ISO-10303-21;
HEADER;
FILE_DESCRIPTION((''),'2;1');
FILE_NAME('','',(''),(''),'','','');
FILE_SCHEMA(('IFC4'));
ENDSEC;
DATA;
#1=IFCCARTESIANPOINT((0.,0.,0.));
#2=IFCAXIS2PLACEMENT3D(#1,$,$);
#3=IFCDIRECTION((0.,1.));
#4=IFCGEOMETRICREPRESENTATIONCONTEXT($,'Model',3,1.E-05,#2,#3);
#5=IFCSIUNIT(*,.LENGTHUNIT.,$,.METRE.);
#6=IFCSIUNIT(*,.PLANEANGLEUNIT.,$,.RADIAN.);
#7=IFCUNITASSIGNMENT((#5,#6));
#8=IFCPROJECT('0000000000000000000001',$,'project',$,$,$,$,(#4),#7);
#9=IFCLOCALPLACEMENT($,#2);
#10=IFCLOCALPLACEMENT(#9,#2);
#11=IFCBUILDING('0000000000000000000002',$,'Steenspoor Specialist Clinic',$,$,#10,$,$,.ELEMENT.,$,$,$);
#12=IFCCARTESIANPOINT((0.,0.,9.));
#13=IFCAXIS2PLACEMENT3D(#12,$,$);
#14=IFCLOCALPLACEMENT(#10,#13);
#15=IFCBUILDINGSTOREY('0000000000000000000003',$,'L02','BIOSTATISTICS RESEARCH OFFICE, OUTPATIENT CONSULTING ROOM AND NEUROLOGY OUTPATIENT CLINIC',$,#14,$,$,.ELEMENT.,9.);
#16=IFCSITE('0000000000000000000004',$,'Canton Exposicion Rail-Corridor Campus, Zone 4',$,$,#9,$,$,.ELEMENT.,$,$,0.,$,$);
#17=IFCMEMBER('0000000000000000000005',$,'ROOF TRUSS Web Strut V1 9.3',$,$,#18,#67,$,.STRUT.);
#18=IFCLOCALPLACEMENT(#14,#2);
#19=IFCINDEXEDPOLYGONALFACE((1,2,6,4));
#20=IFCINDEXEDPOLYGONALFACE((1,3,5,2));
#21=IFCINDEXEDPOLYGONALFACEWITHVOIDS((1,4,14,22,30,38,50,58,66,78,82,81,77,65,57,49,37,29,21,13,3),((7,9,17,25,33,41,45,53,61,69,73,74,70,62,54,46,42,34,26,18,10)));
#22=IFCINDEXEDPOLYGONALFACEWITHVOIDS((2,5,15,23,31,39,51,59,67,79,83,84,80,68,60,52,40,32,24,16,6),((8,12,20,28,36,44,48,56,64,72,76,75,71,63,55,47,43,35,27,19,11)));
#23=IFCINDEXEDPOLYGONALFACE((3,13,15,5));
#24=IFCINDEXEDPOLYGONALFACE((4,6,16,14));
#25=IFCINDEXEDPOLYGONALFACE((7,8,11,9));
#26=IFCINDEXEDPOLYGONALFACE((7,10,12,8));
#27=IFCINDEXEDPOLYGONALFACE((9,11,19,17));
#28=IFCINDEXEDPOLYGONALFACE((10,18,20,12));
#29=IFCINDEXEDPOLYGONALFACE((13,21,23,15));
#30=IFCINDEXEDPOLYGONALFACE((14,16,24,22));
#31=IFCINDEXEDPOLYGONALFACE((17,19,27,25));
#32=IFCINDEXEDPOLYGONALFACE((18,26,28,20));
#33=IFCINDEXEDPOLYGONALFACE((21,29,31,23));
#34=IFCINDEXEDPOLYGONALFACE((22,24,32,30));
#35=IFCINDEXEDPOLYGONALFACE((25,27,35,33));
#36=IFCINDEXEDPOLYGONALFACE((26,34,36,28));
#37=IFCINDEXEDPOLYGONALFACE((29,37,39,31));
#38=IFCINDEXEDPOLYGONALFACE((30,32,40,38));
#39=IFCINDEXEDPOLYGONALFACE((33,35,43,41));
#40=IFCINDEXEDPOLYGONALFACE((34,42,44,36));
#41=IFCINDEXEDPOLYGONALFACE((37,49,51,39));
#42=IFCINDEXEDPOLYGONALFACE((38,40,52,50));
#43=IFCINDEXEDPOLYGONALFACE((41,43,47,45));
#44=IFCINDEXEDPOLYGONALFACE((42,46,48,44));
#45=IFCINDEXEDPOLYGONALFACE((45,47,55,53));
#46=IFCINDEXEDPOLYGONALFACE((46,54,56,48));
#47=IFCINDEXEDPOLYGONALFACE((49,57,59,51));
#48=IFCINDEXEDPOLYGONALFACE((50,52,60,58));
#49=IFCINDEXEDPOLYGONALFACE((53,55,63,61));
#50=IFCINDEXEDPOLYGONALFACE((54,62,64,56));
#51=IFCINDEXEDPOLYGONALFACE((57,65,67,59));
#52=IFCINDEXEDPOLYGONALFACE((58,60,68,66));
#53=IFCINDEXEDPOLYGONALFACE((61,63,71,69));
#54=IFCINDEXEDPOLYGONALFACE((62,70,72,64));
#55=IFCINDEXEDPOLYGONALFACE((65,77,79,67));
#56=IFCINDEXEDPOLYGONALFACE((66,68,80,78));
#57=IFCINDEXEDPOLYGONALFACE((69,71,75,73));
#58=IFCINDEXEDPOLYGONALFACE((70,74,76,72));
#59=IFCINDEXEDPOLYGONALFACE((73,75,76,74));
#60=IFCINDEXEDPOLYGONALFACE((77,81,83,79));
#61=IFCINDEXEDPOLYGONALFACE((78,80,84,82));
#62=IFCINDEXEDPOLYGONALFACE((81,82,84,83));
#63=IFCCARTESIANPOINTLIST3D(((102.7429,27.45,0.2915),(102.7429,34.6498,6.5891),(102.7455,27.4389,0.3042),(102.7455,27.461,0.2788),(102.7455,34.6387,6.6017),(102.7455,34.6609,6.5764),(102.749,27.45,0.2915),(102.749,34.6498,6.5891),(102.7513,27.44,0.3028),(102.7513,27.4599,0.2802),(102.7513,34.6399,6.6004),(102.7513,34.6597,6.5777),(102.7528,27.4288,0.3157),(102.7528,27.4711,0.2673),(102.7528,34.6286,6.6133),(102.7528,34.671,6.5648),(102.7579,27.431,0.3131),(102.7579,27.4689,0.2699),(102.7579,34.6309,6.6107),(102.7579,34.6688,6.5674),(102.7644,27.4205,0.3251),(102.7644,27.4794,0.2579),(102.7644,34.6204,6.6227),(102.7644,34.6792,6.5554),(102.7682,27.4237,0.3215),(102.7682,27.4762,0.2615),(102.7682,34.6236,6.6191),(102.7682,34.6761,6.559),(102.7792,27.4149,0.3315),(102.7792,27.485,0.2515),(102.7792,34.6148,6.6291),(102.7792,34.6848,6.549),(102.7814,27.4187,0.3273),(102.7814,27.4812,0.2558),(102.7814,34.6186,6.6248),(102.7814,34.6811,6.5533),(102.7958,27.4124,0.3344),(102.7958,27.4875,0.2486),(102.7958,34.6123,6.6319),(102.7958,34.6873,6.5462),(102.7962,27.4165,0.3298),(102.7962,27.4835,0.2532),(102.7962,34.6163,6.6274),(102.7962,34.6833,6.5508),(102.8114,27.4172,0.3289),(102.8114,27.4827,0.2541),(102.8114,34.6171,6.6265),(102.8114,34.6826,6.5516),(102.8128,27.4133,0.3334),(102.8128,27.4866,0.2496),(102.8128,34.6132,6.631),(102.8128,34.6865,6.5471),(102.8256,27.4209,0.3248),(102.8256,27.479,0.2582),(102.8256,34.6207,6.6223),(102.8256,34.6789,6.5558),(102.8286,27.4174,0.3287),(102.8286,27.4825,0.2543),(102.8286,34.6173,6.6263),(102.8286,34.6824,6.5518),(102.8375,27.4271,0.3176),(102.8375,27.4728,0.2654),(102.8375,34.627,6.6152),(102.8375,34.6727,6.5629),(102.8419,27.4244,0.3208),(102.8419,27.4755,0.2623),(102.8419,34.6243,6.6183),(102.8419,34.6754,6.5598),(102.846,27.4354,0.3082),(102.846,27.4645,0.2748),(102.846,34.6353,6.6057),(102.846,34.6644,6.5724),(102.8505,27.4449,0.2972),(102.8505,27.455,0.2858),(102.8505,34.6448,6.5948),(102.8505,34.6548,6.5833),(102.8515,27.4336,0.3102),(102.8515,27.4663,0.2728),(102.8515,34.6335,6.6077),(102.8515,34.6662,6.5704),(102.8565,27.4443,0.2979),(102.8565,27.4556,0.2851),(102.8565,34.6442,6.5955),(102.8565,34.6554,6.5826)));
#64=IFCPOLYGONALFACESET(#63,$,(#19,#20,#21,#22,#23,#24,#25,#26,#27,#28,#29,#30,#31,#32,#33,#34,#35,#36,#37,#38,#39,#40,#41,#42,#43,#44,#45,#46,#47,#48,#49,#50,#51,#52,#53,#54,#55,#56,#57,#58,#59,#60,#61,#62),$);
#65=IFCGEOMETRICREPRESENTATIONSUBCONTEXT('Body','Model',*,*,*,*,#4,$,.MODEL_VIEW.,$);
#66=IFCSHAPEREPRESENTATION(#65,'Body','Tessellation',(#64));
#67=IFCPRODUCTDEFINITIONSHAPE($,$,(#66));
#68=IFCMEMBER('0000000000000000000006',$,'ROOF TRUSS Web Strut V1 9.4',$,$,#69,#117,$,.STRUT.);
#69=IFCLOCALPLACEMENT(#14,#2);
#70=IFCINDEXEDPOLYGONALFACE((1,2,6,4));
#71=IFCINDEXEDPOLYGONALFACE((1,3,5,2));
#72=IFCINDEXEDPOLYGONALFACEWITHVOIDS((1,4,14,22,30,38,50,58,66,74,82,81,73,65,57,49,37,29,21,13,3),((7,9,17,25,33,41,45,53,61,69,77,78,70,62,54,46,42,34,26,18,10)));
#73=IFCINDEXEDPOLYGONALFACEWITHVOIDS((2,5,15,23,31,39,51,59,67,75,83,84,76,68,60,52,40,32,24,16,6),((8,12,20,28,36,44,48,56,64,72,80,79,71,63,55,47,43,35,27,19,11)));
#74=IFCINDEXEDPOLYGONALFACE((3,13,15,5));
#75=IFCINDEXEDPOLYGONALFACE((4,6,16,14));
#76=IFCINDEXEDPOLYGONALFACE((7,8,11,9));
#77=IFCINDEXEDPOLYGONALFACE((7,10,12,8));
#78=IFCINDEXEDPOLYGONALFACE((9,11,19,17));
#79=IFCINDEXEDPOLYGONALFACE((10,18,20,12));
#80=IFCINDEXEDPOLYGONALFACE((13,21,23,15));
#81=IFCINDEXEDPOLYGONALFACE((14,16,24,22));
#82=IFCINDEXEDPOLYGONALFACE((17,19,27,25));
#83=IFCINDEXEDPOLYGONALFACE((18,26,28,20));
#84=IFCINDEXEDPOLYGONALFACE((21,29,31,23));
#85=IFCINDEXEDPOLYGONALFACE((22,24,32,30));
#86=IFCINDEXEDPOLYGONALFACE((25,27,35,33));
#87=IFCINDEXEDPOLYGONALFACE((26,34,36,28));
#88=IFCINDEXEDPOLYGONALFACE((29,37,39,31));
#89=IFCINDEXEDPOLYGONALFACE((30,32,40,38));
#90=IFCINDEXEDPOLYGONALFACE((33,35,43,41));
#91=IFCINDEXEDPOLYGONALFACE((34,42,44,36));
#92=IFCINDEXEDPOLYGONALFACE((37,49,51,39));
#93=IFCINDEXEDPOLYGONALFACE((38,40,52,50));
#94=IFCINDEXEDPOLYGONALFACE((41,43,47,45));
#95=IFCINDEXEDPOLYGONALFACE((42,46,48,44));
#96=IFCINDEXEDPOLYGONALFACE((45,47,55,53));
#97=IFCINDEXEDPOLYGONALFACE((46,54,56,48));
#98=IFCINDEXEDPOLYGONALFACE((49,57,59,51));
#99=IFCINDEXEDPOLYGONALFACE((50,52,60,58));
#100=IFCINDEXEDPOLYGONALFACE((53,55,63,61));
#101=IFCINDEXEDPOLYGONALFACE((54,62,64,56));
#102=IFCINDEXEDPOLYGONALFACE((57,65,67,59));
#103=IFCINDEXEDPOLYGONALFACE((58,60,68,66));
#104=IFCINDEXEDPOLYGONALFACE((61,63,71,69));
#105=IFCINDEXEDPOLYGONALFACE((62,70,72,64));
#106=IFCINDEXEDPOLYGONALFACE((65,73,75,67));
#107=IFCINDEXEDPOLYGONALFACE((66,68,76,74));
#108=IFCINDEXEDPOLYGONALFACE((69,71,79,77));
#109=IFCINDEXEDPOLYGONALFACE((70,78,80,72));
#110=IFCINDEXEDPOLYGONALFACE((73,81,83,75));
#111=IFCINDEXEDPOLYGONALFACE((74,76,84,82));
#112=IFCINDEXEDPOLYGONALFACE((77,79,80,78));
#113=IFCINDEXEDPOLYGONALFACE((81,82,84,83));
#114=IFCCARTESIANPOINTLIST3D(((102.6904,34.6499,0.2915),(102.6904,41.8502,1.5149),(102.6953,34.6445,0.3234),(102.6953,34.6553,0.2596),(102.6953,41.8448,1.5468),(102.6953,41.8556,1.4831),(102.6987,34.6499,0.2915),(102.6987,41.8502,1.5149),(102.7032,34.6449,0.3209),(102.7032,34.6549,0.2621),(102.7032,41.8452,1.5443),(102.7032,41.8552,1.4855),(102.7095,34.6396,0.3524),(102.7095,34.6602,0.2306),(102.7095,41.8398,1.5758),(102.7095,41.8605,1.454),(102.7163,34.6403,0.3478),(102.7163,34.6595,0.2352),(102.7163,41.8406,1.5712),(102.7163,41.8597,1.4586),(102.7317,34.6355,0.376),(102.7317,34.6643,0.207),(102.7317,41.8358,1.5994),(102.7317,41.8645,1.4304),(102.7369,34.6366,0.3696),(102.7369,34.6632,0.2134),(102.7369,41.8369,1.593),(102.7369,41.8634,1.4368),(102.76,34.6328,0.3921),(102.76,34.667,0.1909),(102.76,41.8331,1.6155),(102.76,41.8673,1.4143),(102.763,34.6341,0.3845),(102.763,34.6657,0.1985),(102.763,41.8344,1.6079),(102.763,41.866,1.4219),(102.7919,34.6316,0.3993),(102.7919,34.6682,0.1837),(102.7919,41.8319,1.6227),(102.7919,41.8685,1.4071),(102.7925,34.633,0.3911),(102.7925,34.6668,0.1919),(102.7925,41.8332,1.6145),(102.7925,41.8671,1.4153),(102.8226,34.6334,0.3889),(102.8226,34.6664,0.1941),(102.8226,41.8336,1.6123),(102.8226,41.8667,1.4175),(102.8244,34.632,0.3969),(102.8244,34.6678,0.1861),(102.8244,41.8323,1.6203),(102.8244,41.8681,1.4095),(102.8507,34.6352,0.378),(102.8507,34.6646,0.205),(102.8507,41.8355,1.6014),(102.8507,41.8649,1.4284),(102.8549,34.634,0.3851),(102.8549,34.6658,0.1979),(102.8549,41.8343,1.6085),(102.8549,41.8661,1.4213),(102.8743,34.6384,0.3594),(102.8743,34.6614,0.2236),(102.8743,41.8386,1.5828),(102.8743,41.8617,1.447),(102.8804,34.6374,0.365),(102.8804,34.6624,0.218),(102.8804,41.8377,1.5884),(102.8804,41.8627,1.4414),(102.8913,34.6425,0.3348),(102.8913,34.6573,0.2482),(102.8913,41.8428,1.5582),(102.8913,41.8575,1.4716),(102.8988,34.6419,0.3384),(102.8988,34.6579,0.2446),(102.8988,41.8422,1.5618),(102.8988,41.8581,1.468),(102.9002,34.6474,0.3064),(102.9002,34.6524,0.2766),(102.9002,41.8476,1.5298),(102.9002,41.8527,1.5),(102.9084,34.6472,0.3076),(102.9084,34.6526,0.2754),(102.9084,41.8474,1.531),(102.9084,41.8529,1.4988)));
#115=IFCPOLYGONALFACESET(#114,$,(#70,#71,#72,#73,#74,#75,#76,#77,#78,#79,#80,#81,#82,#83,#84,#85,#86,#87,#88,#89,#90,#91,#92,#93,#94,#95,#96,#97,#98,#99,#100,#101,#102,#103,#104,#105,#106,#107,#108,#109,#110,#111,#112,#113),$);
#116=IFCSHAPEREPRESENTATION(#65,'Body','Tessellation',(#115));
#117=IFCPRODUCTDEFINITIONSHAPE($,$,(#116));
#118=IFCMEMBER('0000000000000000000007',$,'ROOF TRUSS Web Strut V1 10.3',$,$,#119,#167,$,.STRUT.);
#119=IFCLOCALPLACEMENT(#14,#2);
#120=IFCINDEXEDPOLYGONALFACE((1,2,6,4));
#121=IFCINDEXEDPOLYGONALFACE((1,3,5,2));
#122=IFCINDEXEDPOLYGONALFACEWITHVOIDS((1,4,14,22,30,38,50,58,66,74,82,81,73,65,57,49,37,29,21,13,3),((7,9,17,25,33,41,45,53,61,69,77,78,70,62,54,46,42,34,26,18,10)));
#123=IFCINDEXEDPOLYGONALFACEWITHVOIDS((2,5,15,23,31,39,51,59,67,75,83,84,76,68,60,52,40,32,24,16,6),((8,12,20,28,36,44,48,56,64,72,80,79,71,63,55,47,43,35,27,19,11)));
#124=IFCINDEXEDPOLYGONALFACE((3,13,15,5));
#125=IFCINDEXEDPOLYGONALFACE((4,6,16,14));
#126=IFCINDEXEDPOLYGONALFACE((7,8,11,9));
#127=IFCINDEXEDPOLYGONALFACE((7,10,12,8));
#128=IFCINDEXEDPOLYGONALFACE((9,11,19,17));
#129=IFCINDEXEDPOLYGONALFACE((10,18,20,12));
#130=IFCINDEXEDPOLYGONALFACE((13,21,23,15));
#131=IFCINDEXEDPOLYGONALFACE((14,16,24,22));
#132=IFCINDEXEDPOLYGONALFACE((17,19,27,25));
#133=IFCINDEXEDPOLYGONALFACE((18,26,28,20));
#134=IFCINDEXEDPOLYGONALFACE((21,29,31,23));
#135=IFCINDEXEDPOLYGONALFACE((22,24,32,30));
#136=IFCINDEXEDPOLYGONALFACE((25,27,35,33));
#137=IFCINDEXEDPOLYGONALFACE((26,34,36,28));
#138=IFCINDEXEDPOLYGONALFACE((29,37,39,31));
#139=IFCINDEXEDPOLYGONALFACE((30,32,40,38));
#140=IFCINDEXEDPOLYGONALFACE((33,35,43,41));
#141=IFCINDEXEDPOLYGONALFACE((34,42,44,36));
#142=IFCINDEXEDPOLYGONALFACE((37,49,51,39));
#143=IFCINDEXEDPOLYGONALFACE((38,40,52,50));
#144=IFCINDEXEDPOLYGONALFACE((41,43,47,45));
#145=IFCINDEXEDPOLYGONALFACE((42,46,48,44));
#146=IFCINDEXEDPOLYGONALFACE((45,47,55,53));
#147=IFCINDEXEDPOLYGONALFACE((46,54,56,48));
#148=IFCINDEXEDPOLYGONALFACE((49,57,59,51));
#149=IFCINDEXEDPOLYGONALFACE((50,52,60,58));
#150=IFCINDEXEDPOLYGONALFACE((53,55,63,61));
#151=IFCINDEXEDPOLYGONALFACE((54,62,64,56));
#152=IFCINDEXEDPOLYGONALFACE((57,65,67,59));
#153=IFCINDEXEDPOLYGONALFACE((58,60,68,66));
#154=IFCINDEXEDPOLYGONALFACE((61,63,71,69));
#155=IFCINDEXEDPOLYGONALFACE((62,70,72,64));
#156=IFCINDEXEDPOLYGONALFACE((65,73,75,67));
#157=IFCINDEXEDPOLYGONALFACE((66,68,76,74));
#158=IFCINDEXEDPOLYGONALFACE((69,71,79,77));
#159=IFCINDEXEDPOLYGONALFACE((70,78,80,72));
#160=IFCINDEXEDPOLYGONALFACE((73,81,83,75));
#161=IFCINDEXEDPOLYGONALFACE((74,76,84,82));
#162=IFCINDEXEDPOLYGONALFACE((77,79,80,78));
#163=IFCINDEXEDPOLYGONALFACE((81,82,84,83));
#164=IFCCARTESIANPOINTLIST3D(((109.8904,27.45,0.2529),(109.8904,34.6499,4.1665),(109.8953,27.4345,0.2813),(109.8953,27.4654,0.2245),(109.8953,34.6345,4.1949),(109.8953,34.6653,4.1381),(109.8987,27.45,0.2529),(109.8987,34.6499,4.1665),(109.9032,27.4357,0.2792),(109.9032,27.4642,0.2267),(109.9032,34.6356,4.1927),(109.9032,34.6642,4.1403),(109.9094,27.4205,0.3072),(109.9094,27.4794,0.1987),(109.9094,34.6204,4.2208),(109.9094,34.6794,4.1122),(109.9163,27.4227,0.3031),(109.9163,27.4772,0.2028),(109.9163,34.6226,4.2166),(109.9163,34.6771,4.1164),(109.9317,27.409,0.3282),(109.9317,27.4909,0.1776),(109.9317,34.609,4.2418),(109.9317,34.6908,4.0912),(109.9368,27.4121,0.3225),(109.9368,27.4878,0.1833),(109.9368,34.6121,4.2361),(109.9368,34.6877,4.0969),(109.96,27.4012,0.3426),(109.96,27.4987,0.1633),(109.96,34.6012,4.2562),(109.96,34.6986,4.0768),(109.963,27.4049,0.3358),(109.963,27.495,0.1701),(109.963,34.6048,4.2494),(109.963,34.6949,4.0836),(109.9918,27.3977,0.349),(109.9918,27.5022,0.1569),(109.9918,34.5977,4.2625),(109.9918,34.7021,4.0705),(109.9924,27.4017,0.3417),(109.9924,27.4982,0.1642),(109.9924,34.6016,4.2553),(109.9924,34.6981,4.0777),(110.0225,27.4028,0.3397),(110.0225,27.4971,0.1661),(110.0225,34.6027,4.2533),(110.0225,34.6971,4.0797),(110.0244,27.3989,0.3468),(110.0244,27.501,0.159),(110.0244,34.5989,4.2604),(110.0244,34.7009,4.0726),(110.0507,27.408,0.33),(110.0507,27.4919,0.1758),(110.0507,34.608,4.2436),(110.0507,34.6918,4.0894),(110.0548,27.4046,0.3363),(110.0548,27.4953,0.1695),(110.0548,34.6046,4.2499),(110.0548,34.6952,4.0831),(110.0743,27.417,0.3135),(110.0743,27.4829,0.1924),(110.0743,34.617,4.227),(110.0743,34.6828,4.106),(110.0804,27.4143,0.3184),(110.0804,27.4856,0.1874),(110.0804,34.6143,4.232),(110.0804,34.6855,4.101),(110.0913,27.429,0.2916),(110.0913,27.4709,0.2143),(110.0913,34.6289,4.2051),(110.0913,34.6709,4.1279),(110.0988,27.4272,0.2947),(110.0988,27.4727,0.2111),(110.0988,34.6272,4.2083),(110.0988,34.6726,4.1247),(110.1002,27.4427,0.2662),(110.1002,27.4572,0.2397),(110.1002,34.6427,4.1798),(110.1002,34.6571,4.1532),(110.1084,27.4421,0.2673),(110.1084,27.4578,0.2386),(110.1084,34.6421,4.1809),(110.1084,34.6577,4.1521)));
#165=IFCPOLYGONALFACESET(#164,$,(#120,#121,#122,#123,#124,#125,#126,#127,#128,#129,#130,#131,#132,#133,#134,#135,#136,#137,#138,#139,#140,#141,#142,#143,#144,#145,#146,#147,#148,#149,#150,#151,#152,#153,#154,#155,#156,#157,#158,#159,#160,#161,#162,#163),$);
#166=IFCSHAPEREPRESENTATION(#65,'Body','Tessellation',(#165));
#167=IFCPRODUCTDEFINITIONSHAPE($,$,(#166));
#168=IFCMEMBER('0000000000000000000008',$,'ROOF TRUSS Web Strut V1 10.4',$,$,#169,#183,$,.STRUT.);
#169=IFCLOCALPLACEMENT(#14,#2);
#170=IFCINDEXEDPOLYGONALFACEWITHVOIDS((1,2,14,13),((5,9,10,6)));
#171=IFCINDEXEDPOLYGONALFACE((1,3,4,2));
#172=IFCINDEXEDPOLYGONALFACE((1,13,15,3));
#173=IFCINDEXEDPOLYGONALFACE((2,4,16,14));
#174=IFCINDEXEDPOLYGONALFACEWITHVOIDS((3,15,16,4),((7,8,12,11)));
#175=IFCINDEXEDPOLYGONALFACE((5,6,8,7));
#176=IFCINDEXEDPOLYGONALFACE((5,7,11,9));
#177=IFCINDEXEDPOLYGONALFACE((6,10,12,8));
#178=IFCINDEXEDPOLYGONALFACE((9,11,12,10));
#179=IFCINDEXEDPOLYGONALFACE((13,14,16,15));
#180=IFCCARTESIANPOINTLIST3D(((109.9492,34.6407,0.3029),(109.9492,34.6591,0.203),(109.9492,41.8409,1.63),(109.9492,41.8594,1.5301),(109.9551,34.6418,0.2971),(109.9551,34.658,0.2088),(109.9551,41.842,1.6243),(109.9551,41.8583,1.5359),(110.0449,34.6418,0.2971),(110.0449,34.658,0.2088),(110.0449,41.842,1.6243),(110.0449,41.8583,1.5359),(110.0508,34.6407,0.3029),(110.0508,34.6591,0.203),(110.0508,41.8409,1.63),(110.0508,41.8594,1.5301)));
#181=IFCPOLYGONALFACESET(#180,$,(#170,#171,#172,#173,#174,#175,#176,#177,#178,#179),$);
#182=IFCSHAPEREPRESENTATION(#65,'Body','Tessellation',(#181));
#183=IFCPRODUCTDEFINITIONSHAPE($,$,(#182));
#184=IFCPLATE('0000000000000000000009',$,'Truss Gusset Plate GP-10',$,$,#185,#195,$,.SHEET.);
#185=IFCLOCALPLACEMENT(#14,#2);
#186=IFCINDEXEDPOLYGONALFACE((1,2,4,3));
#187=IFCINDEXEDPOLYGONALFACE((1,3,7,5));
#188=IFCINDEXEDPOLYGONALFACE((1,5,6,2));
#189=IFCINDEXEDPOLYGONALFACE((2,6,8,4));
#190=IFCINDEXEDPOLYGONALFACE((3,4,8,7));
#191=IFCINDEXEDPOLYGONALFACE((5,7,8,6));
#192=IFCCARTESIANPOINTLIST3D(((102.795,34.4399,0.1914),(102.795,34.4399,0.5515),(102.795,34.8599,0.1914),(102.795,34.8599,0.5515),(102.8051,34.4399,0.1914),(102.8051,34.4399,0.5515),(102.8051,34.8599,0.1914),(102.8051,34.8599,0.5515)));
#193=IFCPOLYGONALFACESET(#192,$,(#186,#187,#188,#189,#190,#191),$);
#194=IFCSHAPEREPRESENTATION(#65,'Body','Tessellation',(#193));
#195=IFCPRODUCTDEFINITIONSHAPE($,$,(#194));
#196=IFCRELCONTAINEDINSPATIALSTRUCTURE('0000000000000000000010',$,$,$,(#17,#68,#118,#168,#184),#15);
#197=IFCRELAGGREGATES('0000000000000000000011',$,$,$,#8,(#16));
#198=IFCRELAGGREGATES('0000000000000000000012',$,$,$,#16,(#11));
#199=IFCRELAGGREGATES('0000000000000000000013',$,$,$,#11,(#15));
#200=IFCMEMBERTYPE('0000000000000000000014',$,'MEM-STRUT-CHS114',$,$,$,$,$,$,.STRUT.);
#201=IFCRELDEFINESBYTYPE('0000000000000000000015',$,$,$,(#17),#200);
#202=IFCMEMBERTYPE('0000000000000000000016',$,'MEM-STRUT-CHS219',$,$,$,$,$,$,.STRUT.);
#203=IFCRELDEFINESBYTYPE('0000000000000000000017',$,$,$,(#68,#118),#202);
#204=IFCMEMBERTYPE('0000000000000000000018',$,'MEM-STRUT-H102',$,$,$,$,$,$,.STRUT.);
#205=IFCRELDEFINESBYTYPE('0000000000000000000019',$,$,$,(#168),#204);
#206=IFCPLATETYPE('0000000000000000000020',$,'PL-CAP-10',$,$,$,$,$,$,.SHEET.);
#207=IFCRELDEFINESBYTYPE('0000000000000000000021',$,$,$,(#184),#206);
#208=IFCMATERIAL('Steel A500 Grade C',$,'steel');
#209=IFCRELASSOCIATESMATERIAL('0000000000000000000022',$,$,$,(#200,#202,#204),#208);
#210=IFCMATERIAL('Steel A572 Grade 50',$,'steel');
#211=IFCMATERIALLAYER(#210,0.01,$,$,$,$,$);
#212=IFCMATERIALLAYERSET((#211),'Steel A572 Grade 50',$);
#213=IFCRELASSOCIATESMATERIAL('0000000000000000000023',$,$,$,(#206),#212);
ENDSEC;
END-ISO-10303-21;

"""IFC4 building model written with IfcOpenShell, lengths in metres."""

from ifc_helpers import new_model, si_unit, direction, frame, origin, origin_2d, place, context, subcontext, project, spatial, rectangle, hollow_rectangle, hollow_circle, extrude, material, layer, layer_set, material_profile, profile_set, type_object, element, save


model = new_model("IFC4")

# Units and contexts
model_context = context("Model", 3, precision=1e-05, world=origin(), true_north=direction((0.0, 1.0)))
body_context = subcontext(model_context, "Body", "Model", "MODEL_VIEW")
ifc_project = project(units=[si_unit("LENGTHUNIT", "METRE"), si_unit("PLANEANGLEUNIT", "RADIAN")], contexts=[model_context])

# Site, building, storey
site_placement = place(None, origin())
site = spatial("IfcSite", under=ifc_project, at=site_placement, Name="Canton Exposicion Rail-Corridor Campus, Zone 4", CompositionType="ELEMENT", RefElevation=0.0)
building_placement = place(site_placement, origin())
building = spatial("IfcBuilding", under=site, at=building_placement, Name="Steenspoor Specialist Clinic", CompositionType="ELEMENT")
storey_placement = place(building_placement, frame((0.0, 0.0, 9.0)))
storey = spatial("IfcBuildingStorey", under=building, at=storey_placement, Name="L02", Description="BIOSTATISTICS RESEARCH OFFICE, OUTPATIENT CONSULTING ROOM AND NEUROLOGY OUTPATIENT CLINIC", CompositionType="ELEMENT", Elevation=9.0)

# Members
ifc_material_1 = material(Name="Steel A500 Grade C", Category="steel")
ifc_material_profile_1 = material_profile(ifc_material_1, hollow_circle(Radius=0.0571, WallThickness=0.0061, at=origin_2d()), Name="CHS114X6.0")
ifc_profile_set_1 = profile_set([ifc_material_profile_1], Name="Steel A500 Grade C")
member_type_1 = type_object("IfcMemberType", Name="MEM-STRUT-CHS114", PredefinedType="STRUT", material=ifc_profile_set_1)
member_1_placement = place(storey_placement, frame((102.8, 27.45, 0.2915), z_axis=(0.0, 0.752698, 0.658365), x_axis=(-1.0, 0.0, 0.0)))
element("IfcMember", 1, at=member_1_placement, inside=storey, type_object=member_type_1, Name="ROOF TRUSS Web Strut V1 9.3", PredefinedType="STRUT", context=body_context, shape_type="SweptSolid", body=[
    extrude(hollow_circle(Radius=0.0571, WallThickness=0.0061, at=origin_2d()), origin(), (0.0, 0.0, 1.0), 9.5654),
])
ifc_material_profile_2 = material_profile(ifc_material_1, hollow_circle(Radius=0.1096, WallThickness=0.0083, at=origin_2d()), Name="CHS219X8.2")
ifc_profile_set_2 = profile_set([ifc_material_profile_2], Name="Steel A500 Grade C")
member_type_2 = type_object("IfcMemberType", Name="MEM-STRUT-CHS219", PredefinedType="STRUT", material=ifc_profile_set_2)
member_2_placement = place(storey_placement, frame((102.8, 34.6499, 0.2915), z_axis=(0.0, 0.98587, 0.16751), x_axis=(-1.0, 0.0, 0.0)))
element("IfcMember", 2, at=member_2_placement, inside=storey, type_object=member_type_2, Name="ROOF TRUSS Web Strut V1 9.4", PredefinedType="STRUT", context=body_context, shape_type="SweptSolid", body=[
    extrude(hollow_circle(Radius=0.1096, WallThickness=0.0083, at=origin_2d()), origin(), (0.0, 0.0, 1.0), 7.3035),
])
member_3_placement = place(storey_placement, frame((110.0, 27.45, 0.2529), z_axis=(0.0, 0.878596, 0.477566), x_axis=(-1.0, 0.0, 0.0)))
element("IfcMember", 3, at=member_3_placement, inside=storey, type_object=member_type_2, Name="ROOF TRUSS Web Strut V1 10.3", PredefinedType="STRUT", context=body_context, shape_type="SweptSolid", body=[
    extrude(hollow_circle(Radius=0.1096, WallThickness=0.0083, at=origin_2d()), origin(), (0.0, 0.0, 1.0), 8.1948),
])
ifc_material_profile_3 = material_profile(ifc_material_1, hollow_rectangle(XDim=0.1016, YDim=0.1016, WallThickness=0.0059, at=origin_2d()), Name="HSS102X102X6.4")
ifc_profile_set_3 = profile_set([ifc_material_profile_3], Name="Steel A500 Grade C")
member_type_3 = type_object("IfcMemberType", Name="MEM-STRUT-H102", PredefinedType="STRUT", material=ifc_profile_set_3)
member_4_placement = place(storey_placement, frame((110.0, 34.6499, 0.2529), z_axis=(0.0, 0.983434, 0.181268), x_axis=(-1.0, 0.0, 0.0)))
element("IfcMember", 4, at=member_4_placement, inside=storey, type_object=member_type_3, Name="ROOF TRUSS Web Strut V1 10.4", PredefinedType="STRUT", context=body_context, shape_type="SweptSolid", body=[
    extrude(hollow_rectangle(XDim=0.1016, YDim=0.1016, WallThickness=0.0059, at=origin_2d()), origin(), (0.0, 0.0, 1.0), 7.3215),
])

# Plate
ifc_material_2 = material(Name="Steel A572 Grade 50", Category="steel")
ifc_layer_1 = layer(ifc_material_2, 0.01)
ifc_layer_set_1 = layer_set([ifc_layer_1], Name="Steel A572 Grade 50")
plate_type_1 = type_object("IfcPlateType", Name="PL-CAP-10", PredefinedType="SHEET", material=ifc_layer_set_1)
plate_1_placement = place(storey_placement, frame((102.8, 34.6499, 0.1914), z_axis=(0.0, 0.0, 1.0), x_axis=(1.0, 0.0, 0.0)))
element("IfcPlate", 5, at=plate_1_placement, inside=storey, type_object=plate_type_1, Name="Truss Gusset Plate GP-10", PredefinedType="SHEET", context=body_context, shape_type="SweptSolid", body=[
    extrude(rectangle(XDim=0.01, YDim=0.4199, at=origin_2d()), origin(), (0.0, 0.0, 1.0), 0.3601),
])

save(model, "model.ifc")
